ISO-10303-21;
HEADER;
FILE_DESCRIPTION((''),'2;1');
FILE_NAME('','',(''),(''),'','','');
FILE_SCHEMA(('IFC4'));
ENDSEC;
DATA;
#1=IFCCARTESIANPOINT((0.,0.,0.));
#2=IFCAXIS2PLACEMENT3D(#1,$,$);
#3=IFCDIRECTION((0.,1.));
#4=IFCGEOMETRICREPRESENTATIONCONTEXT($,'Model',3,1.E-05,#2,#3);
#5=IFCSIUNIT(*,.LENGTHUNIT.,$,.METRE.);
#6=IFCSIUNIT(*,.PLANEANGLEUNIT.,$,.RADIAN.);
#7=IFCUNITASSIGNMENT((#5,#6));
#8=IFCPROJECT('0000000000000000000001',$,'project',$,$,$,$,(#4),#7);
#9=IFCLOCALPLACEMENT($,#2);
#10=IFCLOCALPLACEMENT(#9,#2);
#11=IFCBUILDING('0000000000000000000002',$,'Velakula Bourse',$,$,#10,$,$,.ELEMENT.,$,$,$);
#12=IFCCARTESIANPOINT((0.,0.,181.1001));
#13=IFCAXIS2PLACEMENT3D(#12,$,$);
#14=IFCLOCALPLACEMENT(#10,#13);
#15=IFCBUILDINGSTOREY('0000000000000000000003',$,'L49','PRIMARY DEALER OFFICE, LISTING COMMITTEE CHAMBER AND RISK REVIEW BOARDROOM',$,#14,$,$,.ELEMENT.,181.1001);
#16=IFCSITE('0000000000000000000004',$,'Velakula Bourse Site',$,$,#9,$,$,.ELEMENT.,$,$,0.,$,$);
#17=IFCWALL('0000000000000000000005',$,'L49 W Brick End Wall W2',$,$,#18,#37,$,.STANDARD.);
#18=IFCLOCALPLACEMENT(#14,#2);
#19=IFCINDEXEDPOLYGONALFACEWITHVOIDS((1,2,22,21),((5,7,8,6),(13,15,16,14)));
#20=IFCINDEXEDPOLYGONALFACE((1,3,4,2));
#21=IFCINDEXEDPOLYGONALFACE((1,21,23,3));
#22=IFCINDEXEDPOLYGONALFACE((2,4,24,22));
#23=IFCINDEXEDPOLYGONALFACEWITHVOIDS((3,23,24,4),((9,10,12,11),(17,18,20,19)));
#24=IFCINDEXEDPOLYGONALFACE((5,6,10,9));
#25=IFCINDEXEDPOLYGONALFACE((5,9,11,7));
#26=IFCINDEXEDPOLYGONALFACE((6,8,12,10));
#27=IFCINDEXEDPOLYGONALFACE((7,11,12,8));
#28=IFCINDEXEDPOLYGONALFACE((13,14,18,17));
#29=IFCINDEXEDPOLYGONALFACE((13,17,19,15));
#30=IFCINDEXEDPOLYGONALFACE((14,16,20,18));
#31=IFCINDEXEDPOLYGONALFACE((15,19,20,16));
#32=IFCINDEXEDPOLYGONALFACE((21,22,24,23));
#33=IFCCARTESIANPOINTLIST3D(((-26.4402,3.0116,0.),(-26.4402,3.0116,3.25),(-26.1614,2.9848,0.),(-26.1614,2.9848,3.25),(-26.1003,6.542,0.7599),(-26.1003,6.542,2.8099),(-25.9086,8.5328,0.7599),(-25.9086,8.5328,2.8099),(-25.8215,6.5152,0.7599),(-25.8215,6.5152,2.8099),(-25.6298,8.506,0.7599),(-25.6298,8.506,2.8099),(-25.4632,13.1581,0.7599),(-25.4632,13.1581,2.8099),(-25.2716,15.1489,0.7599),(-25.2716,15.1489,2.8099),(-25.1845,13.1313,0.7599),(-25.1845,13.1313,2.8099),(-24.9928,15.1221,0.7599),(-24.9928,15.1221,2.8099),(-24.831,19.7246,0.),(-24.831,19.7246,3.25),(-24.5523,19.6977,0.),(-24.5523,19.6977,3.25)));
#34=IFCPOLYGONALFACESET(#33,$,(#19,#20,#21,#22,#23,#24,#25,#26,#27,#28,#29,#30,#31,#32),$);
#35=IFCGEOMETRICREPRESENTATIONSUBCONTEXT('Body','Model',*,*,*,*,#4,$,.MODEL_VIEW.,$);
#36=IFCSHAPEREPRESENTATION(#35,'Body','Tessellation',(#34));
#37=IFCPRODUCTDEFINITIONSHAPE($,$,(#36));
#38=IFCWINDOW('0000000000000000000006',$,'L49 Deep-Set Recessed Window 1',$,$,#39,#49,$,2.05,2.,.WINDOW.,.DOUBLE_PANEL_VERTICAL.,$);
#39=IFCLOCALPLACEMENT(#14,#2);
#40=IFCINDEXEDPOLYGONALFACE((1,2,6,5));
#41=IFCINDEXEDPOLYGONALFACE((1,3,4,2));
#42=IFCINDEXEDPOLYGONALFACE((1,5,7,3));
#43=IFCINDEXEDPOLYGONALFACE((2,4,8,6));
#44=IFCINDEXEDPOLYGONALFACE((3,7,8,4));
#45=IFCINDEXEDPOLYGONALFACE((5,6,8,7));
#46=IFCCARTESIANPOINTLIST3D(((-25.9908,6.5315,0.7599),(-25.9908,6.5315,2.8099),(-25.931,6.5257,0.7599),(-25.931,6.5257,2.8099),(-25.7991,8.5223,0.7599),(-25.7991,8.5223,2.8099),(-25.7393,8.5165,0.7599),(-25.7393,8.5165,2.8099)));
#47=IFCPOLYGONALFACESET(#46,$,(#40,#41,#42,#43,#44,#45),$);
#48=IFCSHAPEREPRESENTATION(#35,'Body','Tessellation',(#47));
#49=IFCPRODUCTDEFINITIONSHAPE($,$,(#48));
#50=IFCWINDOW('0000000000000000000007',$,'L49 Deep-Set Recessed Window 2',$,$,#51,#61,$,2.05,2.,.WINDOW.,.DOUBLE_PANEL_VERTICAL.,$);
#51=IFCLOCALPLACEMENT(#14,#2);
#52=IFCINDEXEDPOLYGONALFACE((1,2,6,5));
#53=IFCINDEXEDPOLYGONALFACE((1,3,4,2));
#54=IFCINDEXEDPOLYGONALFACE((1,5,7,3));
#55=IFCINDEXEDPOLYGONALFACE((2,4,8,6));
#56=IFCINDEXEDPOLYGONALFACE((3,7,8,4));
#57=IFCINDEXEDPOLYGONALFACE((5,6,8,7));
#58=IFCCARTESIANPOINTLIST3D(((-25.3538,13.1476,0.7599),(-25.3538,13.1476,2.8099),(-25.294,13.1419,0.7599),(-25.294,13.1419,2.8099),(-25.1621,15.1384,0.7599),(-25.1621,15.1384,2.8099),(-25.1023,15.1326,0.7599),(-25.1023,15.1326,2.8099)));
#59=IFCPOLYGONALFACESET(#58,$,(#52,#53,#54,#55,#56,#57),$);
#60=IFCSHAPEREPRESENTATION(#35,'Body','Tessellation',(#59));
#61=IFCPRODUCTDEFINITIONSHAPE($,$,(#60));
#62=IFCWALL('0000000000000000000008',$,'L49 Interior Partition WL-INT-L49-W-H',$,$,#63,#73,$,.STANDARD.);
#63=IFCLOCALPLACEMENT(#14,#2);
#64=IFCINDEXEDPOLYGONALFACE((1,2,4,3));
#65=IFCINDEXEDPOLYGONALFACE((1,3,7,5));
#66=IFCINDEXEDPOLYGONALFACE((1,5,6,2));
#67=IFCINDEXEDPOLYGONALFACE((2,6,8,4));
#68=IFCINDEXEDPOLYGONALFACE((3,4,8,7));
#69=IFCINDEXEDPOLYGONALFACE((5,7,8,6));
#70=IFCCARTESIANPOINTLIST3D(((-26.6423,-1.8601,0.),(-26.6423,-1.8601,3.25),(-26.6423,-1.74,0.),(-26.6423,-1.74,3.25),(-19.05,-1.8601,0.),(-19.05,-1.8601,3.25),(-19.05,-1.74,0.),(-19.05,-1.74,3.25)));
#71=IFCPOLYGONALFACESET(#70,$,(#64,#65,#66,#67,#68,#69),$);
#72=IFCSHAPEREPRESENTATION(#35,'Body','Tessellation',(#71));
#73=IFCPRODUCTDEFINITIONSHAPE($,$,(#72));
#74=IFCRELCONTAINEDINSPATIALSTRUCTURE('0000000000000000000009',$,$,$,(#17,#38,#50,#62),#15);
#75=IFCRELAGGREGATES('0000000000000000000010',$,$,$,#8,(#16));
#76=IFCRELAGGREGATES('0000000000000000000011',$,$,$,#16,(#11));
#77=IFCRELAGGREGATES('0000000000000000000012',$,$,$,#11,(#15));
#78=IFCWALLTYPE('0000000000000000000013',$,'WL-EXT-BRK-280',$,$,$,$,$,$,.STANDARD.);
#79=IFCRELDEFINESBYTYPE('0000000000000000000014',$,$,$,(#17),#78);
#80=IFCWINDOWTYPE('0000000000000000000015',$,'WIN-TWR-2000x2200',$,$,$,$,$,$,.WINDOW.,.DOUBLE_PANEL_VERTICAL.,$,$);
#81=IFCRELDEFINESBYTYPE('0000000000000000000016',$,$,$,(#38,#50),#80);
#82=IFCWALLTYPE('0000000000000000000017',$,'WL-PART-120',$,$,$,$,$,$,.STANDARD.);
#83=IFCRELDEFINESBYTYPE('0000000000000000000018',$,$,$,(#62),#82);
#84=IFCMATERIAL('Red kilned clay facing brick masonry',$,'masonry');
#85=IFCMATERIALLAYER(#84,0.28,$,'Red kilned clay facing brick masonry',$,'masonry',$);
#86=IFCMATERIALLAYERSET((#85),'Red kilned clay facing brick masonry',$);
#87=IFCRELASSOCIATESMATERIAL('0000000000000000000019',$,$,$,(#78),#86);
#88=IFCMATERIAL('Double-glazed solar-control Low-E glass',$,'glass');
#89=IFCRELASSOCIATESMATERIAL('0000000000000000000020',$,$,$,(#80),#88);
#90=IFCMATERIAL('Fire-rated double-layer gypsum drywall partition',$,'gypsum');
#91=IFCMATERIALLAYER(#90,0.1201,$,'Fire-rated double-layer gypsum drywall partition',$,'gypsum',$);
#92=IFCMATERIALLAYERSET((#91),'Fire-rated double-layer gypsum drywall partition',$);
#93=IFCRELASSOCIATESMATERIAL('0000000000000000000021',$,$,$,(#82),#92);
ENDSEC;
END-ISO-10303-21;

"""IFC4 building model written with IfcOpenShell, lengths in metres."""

from ifc_helpers import new_model, si_unit, direction, frame, frame_2d, origin, place, context, subcontext, project, spatial, rectangle, extrude, material, layer, layer_set, type_object, element, fill, save


model = new_model("IFC4")

# Units and contexts
model_context = context("Model", 3, precision=1e-05, world=origin(), true_north=direction((0.0, 1.0)))
body_context = subcontext(model_context, "Body", "Model", "MODEL_VIEW")
ifc_project = project(units=[si_unit("LENGTHUNIT", "METRE"), si_unit("PLANEANGLEUNIT", "RADIAN")], contexts=[model_context])

# Site, building, storey
site_placement = place(None, origin())
site = spatial("IfcSite", under=ifc_project, at=site_placement, Name="Velakula Bourse Site", CompositionType="ELEMENT", RefElevation=0.0)
building_placement = place(site_placement, origin())
building = spatial("IfcBuilding", under=site, at=building_placement, Name="Velakula Bourse", CompositionType="ELEMENT")
storey_placement = place(building_placement, frame((0.0, 0.0, 181.1001)))
storey = spatial("IfcBuildingStorey", under=building, at=storey_placement, Name="L49", Description="PRIMARY DEALER OFFICE, LISTING COMMITTEE CHAMBER AND RISK REVIEW BOARDROOM", CompositionType="ELEMENT", Elevation=181.1001)

# Wall, openings, windows
ifc_material_1 = material(Name="Red kilned clay facing brick masonry", Category="masonry")
ifc_layer_1 = layer(ifc_material_1, 0.28, Name="Red kilned clay facing brick masonry", Category="masonry")
ifc_layer_set_1 = layer_set([ifc_layer_1], Name="Red kilned clay facing brick masonry")
wall_type_1 = type_object("IfcWallType", Name="WL-EXT-BRK-280", PredefinedType="STANDARD", material=ifc_layer_set_1)
wall_1_placement = place(storey_placement, frame((-26.3008, 2.9983, 0.0), z_axis=(0.0, 0.0, 1.0), x_axis=(0.095838, 0.995397, 0.0)))
wall_1 = element("IfcWall", 1, at=wall_1_placement, inside=storey, type_object=wall_type_1, Name="L49 W Brick End Wall W2", PredefinedType="STANDARD", context=body_context, shape_type="SweptSolid", body=[
    extrude(rectangle(XDim=16.7903, YDim=0.28, at=frame_2d((8.395, 0.0))), origin(), (0.0, 0.0, 1.0), 3.25),
])
opening_1_placement = place(wall_1_placement, frame((3.5466, 0.0, 0.76)))
opening_1 = element("IfcOpeningElement", 2, at=opening_1_placement, cuts=wall_1, PredefinedType="OPENING", context=body_context, shape_type="SweptSolid", body=[
    extrude(rectangle(XDim=2.0, YDim=2.05, at=frame_2d((1.0, 1.0249))), frame((0.0, 0.1499, 0.0), z_axis=(0.0, -1.0, 0.0), x_axis=(1.0, 0.0, 0.0)), (0.0, 0.0, 1.0), 0.3),
])
opening_2_placement = place(wall_1_placement, frame((10.1934, 0.0, 0.76)))
opening_2 = element("IfcOpeningElement", 3, at=opening_2_placement, cuts=wall_1, PredefinedType="OPENING", context=body_context, shape_type="SweptSolid", body=[
    extrude(rectangle(XDim=2.0, YDim=2.05, at=frame_2d((1.0, 1.0249))), frame((0.0, 0.1499, 0.0), z_axis=(0.0, -1.0, 0.0), x_axis=(1.0, 0.0, 0.0)), (0.0, 0.0, 1.0), 0.3),
])
ifc_material_2 = material(Name="Double-glazed solar-control Low-E glass", Category="glass")
window_type = type_object("IfcWindowType", Name="WIN-TWR-2000x2200", PartitioningType="DOUBLE_PANEL_VERTICAL", PredefinedType="WINDOW", material=ifc_material_2)
window_1_placement = place(opening_1_placement, origin())
window_1 = element("IfcWindow", 4, at=window_1_placement, inside=storey, type_object=window_type, Name="L49 Deep-Set Recessed Window 1", OverallHeight=2.05, OverallWidth=2.0, PartitioningType="DOUBLE_PANEL_VERTICAL", PredefinedType="WINDOW", context=body_context, shape_type="SweptSolid", body=[
    extrude(rectangle(XDim=2.0, YDim=2.05, at=frame_2d((1.0, 1.0249))), frame((0.0, 0.03, 0.0), z_axis=(0.0, -1.0, 0.0), x_axis=(1.0, 0.0, 0.0)), (0.0, 0.0, 1.0), 0.0601),
])
fill(opening_1, window_1)
window_2_placement = place(opening_2_placement, origin())
window_2 = element("IfcWindow", 5, at=window_2_placement, inside=storey, type_object=window_type, Name="L49 Deep-Set Recessed Window 2", OverallHeight=2.05, OverallWidth=2.0, PartitioningType="DOUBLE_PANEL_VERTICAL", PredefinedType="WINDOW", context=body_context, shape_type="SweptSolid", body=[
    extrude(rectangle(XDim=2.0, YDim=2.05, at=frame_2d((1.0, 1.0249))), frame((0.0, 0.03, 0.0), z_axis=(0.0, -1.0, 0.0), x_axis=(1.0, 0.0, 0.0)), (0.0, 0.0, 1.0), 0.0601),
])
fill(opening_2, window_2)

# Wall
ifc_material_3 = material(Name="Fire-rated double-layer gypsum drywall partition", Category="gypsum")
ifc_layer_2 = layer(ifc_material_3, 0.1201, Name="Fire-rated double-layer gypsum drywall partition", Category="gypsum")
ifc_layer_set_2 = layer_set([ifc_layer_2], Name="Fire-rated double-layer gypsum drywall partition")
wall_type_2 = type_object("IfcWallType", Name="WL-PART-120", PredefinedType="STANDARD", material=ifc_layer_set_2)
wall_2_placement = place(storey_placement, frame((-26.6423, -1.8, 0.0), z_axis=(0.0, 0.0, 1.0), x_axis=(1.0, 0.0, 0.0)))
element("IfcWall", 6, at=wall_2_placement, inside=storey, type_object=wall_type_2, Name="L49 Interior Partition WL-INT-L49-W-H", PredefinedType="STANDARD", context=body_context, shape_type="SweptSolid", body=[
    extrude(rectangle(XDim=7.5923, YDim=0.1201, at=frame_2d((3.7961, 0.0))), origin(), (0.0, 0.0, 1.0), 3.25),
])

save(model, "model.ifc")
